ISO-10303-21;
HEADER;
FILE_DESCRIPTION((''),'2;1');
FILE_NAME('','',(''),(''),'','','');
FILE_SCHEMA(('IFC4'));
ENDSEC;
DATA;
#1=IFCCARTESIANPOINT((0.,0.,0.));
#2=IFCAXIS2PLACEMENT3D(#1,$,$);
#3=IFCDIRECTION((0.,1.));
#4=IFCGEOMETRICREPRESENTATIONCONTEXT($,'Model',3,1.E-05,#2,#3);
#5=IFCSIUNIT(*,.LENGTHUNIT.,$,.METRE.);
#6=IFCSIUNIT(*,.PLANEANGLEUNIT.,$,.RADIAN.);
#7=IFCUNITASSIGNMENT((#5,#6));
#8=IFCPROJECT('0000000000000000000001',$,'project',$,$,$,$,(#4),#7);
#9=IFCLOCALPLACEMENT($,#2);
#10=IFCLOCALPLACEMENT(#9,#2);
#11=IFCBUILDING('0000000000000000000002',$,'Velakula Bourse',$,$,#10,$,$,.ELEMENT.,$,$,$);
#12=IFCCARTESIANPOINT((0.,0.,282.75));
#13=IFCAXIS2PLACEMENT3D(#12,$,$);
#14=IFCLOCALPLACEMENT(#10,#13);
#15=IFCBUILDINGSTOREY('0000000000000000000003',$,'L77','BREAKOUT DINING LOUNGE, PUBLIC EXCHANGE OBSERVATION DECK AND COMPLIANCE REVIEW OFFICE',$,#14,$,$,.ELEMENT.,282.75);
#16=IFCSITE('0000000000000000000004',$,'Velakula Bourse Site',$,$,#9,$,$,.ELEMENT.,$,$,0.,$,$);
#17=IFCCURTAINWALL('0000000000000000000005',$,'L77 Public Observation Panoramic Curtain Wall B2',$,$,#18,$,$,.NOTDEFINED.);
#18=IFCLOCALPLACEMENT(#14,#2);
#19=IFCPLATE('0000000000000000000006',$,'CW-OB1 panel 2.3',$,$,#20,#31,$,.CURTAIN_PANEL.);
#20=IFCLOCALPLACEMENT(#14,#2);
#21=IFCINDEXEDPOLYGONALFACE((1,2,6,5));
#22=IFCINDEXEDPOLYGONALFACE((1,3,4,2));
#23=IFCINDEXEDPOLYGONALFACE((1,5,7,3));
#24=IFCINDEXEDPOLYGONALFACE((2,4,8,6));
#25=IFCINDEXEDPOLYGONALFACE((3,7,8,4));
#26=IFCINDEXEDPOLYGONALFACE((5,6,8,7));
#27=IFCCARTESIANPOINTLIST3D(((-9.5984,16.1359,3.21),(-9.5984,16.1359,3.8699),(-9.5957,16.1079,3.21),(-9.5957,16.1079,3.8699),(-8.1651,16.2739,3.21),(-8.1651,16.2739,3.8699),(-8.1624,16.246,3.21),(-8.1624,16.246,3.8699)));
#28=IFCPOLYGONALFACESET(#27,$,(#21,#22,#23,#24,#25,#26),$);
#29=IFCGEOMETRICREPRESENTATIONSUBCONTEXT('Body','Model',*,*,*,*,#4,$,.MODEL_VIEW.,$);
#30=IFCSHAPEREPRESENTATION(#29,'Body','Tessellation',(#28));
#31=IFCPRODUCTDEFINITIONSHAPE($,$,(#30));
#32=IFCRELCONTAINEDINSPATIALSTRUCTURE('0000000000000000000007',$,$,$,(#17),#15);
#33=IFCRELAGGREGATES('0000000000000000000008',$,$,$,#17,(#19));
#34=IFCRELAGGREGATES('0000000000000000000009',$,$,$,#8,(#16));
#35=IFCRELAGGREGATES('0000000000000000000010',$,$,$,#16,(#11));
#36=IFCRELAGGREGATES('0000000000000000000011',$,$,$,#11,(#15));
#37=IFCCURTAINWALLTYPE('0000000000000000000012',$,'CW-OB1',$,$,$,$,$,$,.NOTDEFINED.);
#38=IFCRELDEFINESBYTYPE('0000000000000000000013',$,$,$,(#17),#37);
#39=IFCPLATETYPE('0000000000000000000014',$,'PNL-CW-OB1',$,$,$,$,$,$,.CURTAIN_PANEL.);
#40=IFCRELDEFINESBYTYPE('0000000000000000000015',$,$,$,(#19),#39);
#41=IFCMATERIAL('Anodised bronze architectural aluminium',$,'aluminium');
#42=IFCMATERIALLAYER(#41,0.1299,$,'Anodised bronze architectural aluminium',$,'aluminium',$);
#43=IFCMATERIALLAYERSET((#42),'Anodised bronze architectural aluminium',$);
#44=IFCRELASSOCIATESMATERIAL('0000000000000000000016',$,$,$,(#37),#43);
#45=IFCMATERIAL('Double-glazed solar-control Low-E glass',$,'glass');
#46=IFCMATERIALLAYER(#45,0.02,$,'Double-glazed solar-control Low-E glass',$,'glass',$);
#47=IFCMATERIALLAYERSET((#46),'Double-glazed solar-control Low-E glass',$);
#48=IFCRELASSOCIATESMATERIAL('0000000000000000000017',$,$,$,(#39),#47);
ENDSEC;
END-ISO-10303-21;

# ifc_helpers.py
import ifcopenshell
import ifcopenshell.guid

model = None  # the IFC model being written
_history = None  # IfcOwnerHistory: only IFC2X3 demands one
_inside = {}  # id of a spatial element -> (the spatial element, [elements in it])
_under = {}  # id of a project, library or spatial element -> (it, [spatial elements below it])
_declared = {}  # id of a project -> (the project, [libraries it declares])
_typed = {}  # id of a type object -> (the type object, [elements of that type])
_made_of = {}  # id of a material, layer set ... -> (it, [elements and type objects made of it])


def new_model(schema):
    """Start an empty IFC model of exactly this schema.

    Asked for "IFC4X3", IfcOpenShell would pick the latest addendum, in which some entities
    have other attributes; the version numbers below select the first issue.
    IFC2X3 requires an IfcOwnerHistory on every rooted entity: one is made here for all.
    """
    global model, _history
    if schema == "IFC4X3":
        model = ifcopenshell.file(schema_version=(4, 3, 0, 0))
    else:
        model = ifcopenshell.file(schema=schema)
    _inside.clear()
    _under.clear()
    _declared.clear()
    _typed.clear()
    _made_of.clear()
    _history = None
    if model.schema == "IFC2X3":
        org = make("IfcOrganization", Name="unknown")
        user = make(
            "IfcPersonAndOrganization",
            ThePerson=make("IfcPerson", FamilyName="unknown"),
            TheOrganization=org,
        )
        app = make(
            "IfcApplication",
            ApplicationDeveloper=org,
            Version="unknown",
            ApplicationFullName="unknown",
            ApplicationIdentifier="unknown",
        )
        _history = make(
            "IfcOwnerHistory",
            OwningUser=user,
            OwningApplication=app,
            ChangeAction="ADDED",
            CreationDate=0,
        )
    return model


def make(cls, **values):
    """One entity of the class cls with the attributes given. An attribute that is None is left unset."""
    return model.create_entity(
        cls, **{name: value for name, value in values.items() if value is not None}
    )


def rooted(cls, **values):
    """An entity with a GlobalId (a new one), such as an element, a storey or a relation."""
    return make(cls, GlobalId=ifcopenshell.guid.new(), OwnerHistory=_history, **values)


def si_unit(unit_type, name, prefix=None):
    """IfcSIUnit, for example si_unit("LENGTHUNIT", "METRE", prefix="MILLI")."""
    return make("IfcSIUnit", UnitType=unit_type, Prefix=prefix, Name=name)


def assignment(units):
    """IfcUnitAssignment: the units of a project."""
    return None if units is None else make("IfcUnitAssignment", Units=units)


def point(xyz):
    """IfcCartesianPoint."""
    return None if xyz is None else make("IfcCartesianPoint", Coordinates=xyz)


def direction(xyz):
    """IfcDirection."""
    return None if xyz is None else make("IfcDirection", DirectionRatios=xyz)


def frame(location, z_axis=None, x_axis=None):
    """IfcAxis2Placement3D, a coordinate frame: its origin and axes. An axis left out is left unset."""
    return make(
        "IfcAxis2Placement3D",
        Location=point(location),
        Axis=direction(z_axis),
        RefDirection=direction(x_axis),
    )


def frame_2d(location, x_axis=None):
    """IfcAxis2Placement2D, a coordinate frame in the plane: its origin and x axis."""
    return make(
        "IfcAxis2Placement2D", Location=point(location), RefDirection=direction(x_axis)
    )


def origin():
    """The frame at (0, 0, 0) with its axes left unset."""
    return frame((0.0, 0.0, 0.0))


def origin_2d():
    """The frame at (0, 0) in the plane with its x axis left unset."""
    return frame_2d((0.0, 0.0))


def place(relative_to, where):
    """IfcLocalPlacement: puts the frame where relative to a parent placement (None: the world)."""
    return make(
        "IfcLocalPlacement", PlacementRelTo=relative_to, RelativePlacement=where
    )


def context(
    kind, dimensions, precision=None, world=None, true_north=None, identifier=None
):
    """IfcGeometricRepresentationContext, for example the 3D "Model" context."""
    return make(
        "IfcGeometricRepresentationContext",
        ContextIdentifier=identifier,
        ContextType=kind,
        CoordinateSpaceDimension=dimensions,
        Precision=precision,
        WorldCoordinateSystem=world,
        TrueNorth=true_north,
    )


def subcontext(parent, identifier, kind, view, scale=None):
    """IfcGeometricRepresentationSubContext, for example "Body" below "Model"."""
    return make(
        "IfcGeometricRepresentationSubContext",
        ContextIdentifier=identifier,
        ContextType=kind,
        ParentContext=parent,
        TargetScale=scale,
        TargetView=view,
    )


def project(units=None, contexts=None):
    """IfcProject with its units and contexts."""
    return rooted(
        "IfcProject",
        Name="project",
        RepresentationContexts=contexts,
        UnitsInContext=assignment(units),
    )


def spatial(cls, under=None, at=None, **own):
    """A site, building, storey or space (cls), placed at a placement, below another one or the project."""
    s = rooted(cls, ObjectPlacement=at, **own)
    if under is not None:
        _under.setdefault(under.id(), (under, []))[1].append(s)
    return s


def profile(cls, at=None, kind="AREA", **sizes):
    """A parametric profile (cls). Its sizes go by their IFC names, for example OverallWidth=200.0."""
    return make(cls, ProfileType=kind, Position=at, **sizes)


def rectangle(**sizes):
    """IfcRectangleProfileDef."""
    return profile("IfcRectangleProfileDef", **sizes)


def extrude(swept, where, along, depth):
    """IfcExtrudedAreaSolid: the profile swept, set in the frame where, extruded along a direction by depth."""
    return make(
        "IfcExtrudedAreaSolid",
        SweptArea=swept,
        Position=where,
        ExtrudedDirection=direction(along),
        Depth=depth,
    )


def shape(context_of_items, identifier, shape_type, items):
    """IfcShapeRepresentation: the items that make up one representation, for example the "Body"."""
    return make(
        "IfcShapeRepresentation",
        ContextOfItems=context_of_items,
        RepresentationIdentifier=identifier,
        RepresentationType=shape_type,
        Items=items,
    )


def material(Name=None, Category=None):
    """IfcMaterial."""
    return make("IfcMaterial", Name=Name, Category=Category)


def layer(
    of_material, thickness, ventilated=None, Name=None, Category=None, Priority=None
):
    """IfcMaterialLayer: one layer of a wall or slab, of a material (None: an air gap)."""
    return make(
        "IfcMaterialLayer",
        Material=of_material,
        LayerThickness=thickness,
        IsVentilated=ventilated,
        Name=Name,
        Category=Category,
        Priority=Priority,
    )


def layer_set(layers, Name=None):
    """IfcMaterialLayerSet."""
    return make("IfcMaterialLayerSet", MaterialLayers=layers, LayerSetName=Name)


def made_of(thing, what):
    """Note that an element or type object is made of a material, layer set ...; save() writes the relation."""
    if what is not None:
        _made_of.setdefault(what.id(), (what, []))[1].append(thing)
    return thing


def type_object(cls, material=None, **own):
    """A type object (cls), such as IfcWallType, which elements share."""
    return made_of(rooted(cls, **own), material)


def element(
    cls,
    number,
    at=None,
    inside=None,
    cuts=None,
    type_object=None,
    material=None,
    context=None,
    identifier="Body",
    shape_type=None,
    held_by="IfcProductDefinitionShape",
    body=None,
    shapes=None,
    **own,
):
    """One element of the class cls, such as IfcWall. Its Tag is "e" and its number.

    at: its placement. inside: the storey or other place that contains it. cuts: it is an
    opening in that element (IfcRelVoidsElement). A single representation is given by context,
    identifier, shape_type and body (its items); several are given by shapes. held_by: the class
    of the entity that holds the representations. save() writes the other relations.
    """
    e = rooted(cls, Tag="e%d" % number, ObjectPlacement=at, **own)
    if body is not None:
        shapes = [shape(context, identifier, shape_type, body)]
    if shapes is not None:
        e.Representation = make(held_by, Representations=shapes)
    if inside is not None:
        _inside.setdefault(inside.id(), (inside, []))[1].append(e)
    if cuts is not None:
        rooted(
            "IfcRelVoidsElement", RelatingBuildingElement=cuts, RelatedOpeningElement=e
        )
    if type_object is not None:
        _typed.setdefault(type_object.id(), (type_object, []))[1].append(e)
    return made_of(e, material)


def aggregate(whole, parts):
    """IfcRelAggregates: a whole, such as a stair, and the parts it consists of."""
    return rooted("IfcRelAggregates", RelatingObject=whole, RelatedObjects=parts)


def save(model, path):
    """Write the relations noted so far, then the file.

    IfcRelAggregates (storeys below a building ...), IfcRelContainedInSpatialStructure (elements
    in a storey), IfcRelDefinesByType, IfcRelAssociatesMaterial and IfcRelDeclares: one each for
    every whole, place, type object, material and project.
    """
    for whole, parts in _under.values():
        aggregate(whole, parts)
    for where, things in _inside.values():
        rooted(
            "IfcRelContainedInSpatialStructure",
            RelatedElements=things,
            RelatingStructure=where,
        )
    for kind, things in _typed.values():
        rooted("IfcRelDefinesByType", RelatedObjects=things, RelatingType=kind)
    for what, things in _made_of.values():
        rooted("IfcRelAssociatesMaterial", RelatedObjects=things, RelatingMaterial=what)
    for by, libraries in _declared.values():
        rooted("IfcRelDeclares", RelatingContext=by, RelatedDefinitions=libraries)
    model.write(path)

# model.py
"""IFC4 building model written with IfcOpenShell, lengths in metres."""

from ifc_helpers import new_model, si_unit, direction, frame, origin, origin_2d, place, context, subcontext, project, spatial, rectangle, extrude, material, layer, layer_set, type_object, element, aggregate, save


model = new_model("IFC4")

# Units and contexts
model_context = context("Model", 3, precision=1e-05, world=origin(), true_north=direction((0.0, 1.0)))
body_context = subcontext(model_context, "Body", "Model", "MODEL_VIEW")
ifc_project = project(units=[si_unit("LENGTHUNIT", "METRE"), si_unit("PLANEANGLEUNIT", "RADIAN")], contexts=[model_context])

# Site, building, storey
site_placement = place(None, origin())
site = spatial("IfcSite", under=ifc_project, at=site_placement, Name="Velakula Bourse Site", CompositionType="ELEMENT", RefElevation=0.0)
building_placement = place(site_placement, origin())
building = spatial("IfcBuilding", under=site, at=building_placement, Name="Velakula Bourse", CompositionType="ELEMENT")
storey_placement = place(building_placement, frame((0.0, 0.0, 282.75)))
storey = spatial("IfcBuildingStorey", under=building, at=storey_placement, Name="L77", Description="BREAKOUT DINING LOUNGE, PUBLIC EXCHANGE OBSERVATION DECK AND COMPLIANCE REVIEW OFFICE", CompositionType="ELEMENT", Elevation=282.75)

# Curtain wall
ifc_material_1 = material(Name="Anodised bronze architectural aluminium", Category="aluminium")
ifc_layer_1 = layer(ifc_material_1, 0.1299, Name="Anodised bronze architectural aluminium", Category="aluminium")
ifc_layer_set_1 = layer_set([ifc_layer_1], Name="Anodised bronze architectural aluminium")
curtain_wall_type = type_object("IfcCurtainWallType", Name="CW-OB1", PredefinedType="NOTDEFINED", material=ifc_layer_set_1)
curtain_wall_placement = place(storey_placement, origin())
curtain_wall = element("IfcCurtainWall", 1, at=curtain_wall_placement, inside=storey, type_object=curtain_wall_type, Name="L77 Public Observation Panoramic Curtain Wall B2", PredefinedType="NOTDEFINED")

# Plate
ifc_material_2 = material(Name="Double-glazed solar-control Low-E glass", Category="glass")
ifc_layer_2 = layer(ifc_material_2, 0.02, Name="Double-glazed solar-control Low-E glass", Category="glass")
ifc_layer_set_2 = layer_set([ifc_layer_2], Name="Double-glazed solar-control Low-E glass")
plate_type = type_object("IfcPlateType", Name="PNL-CW-OB1", PredefinedType="CURTAIN_PANEL", material=ifc_layer_set_2)
plate_1_placement = place(storey_placement, frame((-8.8804, 16.1909, 3.21), z_axis=(0.0, 0.0, 1.0), x_axis=(0.995396, 0.095845, 0.0)))
plate_1 = element("IfcPlate", 2, at=plate_1_placement, type_object=plate_type, Name="CW-OB1 panel 2.3", PredefinedType="CURTAIN_PANEL", context=body_context, shape_type="SweptSolid", body=[
    extrude(rectangle(XDim=1.4399, YDim=0.0281, at=origin_2d()), origin(), (0.0, 0.0, 1.0), 0.6599),
])
aggregate(curtain_wall, [plate_1])

save(model, "model.ifc")
